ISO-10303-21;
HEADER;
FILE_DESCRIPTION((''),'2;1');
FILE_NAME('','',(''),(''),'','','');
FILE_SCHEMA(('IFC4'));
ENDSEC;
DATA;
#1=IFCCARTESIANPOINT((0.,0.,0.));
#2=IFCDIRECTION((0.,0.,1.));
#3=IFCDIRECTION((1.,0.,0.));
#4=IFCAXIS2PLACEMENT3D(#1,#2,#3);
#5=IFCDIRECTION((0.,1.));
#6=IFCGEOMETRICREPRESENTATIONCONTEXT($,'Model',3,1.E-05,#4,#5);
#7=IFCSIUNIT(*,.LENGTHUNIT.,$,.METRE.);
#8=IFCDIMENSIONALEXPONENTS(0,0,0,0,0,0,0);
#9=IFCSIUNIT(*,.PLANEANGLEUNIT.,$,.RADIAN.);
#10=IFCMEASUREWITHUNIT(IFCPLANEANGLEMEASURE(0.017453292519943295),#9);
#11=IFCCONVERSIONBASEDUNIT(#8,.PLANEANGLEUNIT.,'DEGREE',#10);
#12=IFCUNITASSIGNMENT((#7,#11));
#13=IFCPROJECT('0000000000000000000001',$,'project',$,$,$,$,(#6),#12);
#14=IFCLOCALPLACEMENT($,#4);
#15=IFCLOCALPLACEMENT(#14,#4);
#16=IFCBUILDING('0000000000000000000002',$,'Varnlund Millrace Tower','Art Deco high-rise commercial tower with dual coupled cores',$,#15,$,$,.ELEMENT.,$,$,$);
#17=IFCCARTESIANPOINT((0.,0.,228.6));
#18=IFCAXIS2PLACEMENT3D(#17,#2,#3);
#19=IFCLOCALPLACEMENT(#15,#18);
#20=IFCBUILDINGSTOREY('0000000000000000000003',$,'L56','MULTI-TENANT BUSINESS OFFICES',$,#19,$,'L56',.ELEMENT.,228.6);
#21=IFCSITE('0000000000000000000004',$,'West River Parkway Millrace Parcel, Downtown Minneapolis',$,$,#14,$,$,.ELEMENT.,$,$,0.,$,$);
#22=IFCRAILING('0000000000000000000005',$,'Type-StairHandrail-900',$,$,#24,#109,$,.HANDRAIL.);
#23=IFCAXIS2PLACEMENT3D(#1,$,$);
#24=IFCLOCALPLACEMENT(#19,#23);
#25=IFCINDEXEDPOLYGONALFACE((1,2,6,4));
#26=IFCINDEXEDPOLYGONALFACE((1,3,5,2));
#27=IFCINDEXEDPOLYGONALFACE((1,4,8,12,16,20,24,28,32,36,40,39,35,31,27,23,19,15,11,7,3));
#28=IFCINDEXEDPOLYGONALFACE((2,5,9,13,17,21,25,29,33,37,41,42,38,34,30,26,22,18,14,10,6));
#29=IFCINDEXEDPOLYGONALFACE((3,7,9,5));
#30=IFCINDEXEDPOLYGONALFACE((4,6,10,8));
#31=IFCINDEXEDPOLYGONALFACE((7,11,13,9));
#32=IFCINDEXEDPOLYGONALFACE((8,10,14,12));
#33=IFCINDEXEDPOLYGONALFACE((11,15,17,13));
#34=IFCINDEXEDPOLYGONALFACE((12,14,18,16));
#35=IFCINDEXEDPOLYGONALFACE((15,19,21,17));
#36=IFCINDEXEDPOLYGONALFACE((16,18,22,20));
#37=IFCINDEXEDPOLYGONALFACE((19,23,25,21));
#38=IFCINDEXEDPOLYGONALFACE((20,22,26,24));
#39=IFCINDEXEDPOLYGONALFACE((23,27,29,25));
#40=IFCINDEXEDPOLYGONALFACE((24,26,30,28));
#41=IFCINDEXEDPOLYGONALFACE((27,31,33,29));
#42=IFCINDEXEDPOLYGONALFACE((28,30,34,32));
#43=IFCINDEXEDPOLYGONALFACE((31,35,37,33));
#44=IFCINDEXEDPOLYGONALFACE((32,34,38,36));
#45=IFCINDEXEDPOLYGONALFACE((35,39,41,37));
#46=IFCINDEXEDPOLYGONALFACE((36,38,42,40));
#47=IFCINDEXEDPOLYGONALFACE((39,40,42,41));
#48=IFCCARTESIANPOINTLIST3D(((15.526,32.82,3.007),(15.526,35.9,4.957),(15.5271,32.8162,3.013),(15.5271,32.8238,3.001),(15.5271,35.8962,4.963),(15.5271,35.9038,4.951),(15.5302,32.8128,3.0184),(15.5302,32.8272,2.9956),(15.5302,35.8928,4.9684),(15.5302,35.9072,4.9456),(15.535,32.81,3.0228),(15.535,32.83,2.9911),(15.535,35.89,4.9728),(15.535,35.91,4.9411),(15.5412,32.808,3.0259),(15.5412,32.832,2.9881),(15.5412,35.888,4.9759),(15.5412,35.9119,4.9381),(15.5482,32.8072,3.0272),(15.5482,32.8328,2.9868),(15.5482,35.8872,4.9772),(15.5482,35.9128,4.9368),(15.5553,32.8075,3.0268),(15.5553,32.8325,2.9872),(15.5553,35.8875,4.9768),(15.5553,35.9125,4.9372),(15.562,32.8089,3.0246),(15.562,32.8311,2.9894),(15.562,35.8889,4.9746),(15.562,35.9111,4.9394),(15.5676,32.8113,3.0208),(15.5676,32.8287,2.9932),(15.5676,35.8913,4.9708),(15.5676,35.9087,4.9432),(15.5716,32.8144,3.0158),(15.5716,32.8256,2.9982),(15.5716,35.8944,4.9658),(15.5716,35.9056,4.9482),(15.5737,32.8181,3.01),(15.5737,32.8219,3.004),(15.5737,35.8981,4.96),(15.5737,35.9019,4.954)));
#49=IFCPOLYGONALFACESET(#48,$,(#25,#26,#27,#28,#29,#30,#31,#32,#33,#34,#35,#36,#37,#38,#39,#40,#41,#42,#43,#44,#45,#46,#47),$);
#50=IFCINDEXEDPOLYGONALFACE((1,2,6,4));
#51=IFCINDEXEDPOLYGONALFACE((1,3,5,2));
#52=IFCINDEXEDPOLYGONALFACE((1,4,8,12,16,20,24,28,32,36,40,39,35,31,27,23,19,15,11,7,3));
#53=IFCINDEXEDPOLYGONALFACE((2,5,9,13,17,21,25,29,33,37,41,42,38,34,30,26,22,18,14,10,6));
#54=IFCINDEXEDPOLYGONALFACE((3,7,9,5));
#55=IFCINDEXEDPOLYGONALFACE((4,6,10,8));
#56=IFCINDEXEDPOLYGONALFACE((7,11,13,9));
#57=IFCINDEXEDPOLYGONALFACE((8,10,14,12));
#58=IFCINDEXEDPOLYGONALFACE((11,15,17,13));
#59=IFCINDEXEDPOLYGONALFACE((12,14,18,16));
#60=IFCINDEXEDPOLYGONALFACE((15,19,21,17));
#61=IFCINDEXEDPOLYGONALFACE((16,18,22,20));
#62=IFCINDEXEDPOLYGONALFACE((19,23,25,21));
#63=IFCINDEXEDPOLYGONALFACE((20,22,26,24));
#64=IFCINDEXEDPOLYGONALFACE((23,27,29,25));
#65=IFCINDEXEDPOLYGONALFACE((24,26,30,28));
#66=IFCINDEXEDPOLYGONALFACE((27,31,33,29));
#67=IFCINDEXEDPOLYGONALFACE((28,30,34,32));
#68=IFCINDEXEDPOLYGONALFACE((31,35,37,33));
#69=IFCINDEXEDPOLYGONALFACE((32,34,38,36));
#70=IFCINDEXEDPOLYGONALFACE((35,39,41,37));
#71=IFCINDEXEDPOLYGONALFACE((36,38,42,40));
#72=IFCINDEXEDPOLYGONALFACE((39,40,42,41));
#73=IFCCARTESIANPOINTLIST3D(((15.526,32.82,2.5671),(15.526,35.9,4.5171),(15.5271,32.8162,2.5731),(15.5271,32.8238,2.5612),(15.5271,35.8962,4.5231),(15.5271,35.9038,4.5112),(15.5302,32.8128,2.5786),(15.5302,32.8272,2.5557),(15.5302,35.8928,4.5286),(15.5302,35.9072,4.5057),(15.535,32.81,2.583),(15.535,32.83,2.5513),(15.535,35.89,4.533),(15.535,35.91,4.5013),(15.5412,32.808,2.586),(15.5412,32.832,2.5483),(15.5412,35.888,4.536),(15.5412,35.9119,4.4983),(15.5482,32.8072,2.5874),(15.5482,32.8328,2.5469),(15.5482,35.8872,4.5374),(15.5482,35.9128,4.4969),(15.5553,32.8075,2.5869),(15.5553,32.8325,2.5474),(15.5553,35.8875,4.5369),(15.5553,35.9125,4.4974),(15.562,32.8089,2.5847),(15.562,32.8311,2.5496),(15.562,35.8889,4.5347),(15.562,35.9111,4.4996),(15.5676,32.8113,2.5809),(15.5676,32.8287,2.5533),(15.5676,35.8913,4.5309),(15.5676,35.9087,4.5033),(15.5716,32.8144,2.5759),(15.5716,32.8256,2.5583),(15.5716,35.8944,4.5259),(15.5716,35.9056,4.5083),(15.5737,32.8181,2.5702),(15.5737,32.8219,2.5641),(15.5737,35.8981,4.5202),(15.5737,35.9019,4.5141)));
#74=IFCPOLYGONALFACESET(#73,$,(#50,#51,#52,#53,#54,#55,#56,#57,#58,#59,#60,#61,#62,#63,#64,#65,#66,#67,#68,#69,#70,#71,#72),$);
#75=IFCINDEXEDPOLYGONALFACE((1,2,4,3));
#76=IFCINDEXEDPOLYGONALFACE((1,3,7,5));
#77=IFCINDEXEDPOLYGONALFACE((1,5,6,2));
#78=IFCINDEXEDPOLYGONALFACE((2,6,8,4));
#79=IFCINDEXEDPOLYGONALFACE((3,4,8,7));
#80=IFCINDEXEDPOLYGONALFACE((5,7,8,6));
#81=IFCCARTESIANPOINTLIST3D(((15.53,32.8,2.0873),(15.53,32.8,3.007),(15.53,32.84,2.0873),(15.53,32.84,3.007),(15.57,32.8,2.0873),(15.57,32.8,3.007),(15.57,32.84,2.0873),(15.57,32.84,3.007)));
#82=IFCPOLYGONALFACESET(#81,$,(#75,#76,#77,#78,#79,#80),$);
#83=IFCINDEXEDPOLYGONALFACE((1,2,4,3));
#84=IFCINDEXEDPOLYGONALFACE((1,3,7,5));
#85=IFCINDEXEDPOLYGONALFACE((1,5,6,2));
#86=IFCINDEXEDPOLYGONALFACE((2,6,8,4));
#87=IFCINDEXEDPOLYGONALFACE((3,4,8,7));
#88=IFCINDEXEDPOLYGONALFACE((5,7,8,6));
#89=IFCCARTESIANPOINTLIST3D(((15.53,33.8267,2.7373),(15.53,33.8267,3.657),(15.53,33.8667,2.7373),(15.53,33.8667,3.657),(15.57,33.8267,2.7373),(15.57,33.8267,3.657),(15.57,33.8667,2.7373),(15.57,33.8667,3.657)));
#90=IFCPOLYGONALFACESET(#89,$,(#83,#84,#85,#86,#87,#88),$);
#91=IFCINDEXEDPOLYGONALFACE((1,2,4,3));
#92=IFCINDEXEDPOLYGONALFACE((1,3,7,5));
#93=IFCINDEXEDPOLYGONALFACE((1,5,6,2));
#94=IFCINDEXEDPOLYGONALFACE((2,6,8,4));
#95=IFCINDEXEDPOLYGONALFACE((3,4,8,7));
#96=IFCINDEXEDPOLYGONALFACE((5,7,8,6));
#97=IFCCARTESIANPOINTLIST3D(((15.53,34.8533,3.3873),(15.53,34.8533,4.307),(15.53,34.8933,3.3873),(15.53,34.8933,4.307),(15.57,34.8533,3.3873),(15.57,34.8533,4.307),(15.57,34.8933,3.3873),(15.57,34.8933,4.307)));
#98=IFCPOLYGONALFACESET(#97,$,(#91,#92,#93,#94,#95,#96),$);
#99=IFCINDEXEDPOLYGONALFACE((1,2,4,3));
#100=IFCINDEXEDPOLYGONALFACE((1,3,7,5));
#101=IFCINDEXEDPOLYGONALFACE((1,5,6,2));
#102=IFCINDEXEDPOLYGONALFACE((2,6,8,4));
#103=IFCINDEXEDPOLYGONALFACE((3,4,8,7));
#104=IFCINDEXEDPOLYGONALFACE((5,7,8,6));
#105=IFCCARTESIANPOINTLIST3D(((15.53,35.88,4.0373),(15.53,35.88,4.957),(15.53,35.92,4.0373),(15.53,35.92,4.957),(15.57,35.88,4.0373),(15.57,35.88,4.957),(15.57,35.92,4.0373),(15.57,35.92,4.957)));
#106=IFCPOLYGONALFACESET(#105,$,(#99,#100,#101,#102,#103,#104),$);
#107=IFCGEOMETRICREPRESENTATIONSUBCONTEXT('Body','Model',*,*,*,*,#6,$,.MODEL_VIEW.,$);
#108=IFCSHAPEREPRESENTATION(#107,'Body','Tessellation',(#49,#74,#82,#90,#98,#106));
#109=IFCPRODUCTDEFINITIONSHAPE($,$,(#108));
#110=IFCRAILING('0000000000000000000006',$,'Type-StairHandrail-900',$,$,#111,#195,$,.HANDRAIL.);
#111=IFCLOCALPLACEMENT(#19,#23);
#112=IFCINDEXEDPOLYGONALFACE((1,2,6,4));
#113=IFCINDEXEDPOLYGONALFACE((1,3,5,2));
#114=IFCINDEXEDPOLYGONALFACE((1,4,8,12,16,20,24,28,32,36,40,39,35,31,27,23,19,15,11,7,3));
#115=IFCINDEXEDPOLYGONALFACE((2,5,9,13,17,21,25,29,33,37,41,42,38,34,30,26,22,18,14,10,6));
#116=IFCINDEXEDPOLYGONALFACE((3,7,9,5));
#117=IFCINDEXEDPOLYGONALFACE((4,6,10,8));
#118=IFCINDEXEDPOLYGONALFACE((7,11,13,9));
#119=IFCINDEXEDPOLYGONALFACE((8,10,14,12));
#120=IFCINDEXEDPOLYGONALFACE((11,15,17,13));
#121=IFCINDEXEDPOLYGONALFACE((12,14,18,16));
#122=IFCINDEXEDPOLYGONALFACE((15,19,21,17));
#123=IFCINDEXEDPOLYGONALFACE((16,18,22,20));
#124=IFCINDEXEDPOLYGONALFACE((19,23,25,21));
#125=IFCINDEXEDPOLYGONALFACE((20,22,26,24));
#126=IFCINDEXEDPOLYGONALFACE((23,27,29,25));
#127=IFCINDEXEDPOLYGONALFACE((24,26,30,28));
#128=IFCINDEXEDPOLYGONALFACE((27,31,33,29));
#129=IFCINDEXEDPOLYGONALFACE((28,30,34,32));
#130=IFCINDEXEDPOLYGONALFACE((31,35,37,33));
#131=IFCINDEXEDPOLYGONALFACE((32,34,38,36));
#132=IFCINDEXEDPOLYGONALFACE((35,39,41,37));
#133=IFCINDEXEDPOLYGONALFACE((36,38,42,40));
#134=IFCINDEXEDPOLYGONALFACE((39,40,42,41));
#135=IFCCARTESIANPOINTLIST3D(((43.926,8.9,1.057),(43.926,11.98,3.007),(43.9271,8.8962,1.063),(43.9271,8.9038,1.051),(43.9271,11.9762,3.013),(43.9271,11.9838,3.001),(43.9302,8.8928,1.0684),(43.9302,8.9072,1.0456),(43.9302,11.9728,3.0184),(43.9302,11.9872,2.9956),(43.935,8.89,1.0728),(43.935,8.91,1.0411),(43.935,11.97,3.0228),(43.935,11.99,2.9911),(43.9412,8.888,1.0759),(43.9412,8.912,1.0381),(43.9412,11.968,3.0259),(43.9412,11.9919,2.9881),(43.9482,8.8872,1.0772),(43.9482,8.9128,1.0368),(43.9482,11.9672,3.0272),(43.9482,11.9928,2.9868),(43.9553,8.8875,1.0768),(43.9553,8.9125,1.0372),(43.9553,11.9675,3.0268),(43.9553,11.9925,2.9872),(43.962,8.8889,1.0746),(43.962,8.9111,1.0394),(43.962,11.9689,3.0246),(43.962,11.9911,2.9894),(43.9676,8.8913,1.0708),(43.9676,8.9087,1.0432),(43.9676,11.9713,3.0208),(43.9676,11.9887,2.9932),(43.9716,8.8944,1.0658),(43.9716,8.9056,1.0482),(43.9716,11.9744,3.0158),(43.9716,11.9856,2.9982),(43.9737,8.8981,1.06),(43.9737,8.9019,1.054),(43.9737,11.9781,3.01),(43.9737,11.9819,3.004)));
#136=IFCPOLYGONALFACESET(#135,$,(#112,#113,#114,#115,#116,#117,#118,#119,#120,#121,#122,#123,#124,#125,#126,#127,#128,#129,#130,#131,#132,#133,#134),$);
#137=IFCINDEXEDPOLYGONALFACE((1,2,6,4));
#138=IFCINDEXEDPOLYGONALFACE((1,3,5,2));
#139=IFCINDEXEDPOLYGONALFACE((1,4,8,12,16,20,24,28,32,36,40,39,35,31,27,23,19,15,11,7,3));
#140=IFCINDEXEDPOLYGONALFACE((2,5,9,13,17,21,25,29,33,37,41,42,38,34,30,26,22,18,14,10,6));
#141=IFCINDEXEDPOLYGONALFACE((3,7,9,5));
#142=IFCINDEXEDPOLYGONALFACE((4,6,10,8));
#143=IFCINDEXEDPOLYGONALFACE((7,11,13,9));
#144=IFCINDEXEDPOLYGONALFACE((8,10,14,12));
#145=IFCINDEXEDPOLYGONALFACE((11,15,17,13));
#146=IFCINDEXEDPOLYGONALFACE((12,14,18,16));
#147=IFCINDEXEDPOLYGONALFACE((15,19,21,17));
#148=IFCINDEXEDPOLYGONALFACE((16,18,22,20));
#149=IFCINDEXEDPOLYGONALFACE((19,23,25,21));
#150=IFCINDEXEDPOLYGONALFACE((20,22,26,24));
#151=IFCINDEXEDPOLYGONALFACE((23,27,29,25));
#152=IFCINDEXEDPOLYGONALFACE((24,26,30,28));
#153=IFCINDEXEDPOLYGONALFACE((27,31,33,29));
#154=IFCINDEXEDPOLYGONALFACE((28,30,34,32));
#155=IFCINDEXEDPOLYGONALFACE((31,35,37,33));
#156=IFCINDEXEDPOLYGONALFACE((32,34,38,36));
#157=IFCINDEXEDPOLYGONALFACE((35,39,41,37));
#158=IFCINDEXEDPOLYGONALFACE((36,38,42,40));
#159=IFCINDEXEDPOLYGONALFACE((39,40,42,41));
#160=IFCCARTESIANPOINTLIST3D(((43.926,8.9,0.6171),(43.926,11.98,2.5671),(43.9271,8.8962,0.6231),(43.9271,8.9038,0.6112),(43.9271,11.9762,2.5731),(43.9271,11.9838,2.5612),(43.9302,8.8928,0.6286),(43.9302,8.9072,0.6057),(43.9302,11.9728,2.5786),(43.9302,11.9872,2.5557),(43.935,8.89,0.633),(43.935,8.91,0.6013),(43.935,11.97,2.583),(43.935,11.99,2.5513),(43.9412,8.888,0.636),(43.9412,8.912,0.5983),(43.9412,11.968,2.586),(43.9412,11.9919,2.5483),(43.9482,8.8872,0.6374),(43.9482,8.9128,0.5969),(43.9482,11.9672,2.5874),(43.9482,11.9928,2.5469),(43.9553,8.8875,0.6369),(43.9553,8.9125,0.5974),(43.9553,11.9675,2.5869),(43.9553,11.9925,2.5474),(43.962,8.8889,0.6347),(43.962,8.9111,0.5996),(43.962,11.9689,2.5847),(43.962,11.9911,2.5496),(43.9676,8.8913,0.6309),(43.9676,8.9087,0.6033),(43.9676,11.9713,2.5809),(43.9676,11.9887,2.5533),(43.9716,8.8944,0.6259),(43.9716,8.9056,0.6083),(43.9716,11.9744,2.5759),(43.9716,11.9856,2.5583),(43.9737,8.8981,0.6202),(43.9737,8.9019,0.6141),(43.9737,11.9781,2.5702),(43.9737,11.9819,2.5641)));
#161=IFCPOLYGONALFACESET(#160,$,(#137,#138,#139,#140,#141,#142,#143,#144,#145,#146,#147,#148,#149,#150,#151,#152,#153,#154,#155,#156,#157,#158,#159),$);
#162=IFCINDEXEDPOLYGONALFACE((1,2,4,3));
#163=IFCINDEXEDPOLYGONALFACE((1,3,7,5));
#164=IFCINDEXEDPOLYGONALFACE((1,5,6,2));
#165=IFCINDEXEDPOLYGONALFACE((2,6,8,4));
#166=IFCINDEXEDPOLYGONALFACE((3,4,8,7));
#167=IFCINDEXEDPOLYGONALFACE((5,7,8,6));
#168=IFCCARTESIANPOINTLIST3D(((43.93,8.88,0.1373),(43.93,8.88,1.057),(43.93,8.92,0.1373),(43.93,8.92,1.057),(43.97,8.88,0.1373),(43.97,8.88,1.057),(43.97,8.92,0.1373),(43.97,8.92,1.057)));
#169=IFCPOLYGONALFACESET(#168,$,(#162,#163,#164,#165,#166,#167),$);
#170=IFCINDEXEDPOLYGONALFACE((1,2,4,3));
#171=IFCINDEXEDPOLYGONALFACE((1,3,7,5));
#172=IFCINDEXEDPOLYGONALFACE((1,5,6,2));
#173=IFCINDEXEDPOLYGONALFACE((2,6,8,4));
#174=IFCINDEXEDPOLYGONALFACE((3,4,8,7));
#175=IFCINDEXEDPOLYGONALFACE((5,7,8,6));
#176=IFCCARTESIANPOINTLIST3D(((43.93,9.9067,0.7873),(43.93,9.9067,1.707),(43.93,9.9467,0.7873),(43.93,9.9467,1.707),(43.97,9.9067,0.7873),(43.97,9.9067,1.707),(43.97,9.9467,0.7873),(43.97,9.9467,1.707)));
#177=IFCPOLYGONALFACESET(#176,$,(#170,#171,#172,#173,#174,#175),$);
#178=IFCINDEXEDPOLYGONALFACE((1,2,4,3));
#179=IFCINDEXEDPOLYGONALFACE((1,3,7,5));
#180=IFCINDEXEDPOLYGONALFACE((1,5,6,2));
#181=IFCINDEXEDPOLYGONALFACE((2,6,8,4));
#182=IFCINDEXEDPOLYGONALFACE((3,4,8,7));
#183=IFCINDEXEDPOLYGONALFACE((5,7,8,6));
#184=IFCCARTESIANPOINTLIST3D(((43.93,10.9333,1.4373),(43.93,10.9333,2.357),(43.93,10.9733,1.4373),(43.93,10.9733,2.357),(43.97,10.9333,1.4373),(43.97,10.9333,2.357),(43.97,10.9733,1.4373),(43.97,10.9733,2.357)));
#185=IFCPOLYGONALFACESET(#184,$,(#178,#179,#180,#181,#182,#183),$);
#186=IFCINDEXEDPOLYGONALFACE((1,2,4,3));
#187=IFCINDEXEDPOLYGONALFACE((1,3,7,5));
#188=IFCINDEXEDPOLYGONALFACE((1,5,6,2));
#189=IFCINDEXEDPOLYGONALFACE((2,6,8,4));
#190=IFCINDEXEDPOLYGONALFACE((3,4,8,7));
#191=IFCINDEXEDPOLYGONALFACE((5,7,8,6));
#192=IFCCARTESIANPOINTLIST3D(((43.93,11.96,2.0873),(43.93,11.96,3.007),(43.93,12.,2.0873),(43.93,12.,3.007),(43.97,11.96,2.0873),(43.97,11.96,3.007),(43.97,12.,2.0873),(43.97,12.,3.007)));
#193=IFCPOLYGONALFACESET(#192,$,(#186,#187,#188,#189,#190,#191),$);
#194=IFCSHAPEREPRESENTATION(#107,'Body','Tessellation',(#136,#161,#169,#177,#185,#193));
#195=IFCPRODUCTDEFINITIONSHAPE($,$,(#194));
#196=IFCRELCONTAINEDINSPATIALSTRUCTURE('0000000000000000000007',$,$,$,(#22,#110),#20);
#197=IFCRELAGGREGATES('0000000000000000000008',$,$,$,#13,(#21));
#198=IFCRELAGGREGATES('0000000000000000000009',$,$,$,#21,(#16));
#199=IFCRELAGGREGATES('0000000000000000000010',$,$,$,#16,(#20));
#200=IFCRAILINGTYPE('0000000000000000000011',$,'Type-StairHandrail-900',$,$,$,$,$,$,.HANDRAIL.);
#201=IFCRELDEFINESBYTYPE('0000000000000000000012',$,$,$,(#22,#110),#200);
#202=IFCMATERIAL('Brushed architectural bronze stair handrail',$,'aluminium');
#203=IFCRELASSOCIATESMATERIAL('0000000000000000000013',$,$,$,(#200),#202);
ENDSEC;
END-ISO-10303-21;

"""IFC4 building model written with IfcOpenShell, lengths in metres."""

from ifc_helpers import new_model, entity, si_unit, converted_unit, direction, frame, origin_with_axes, origin_2d_with_axis, place, context, subcontext, project, spatial, rectangle, circle, extrude, material, type_object, element, save


model = new_model("IFC4")

# Units and contexts
model_context = context("Model", 3, precision=1e-05, world=origin_with_axes(), true_north=direction((0.0, 1.0)))
body_context = subcontext(model_context, "Body", "Model", "MODEL_VIEW")
ifc_project = project(units=[si_unit("LENGTHUNIT", "METRE"), converted_unit("PLANEANGLEUNIT", "DEGREE", entity("IfcPlaneAngleMeasure", 0.017453292519943295), si_unit("PLANEANGLEUNIT", "RADIAN"), dimensions=[0, 0, 0, 0, 0, 0, 0])], contexts=[model_context])

# Site, building, storey
site_placement = place(None, origin_with_axes())
site = spatial("IfcSite", under=ifc_project, at=site_placement, Name="West River Parkway Millrace Parcel, Downtown Minneapolis", CompositionType="ELEMENT", RefElevation=0.0)
building_placement = place(site_placement, origin_with_axes())
building = spatial("IfcBuilding", under=site, at=building_placement, Name="Varnlund Millrace Tower", Description="Art Deco high-rise commercial tower with dual coupled cores", CompositionType="ELEMENT")
storey_placement = place(building_placement, frame((0.0, 0.0, 228.6), z_axis=(0.0, 0.0, 1.0), x_axis=(1.0, 0.0, 0.0)))
storey = spatial("IfcBuildingStorey", under=building, at=storey_placement, Name="L56", Description="MULTI-TENANT BUSINESS OFFICES", LongName="L56", CompositionType="ELEMENT", Elevation=228.6)

# Railings
ifc_material_1 = material(Name="Brushed architectural bronze stair handrail", Category="aluminium")
railing_type_1 = type_object("IfcRailingType", Name="Type-StairHandrail-900", PredefinedType="HANDRAIL", material=ifc_material_1)
railing_1_placement = place(storey_placement, frame((0.0, 0.0, -228.6), z_axis=(0.0, 0.0, 1.0), x_axis=(1.0, 0.0, 0.0)))
element("IfcRailing", 1, at=railing_1_placement, inside=storey, type_object=railing_type_1, Name="Type-StairHandrail-900", PredefinedType="HANDRAIL", context=body_context, shape_type="SweptSolid", body=[
    extrude(circle(Radius=0.024, at=origin_2d_with_axis()), frame((15.55, 32.82, 231.607), z_axis=(0.0, 0.844902, 0.534922), x_axis=(-1.0, 0.0, 0.0)), (0.0, 0.0, 1.0), 3.6454),
    extrude(circle(Radius=0.024, at=origin_2d_with_axis()), frame((15.55, 32.82, 231.1671), z_axis=(0.0, 0.844902, 0.534922), x_axis=(-1.0, 0.0, 0.0)), (0.0, 0.0, 1.0), 3.6454),
    extrude(rectangle(XDim=0.04, YDim=0.04, at=origin_2d_with_axis()), frame((15.55, 32.82, 230.6873), z_axis=(0.0, 0.0, 1.0), x_axis=(1.0, 0.0, 0.0)), (0.0, 0.0, 1.0), 0.9197),
    extrude(rectangle(XDim=0.04, YDim=0.04, at=origin_2d_with_axis()), frame((15.55, 33.8467, 231.3373), z_axis=(0.0, 0.0, 1.0), x_axis=(1.0, 0.0, 0.0)), (0.0, 0.0, 1.0), 0.9197),
    extrude(rectangle(XDim=0.04, YDim=0.04, at=origin_2d_with_axis()), frame((15.55, 34.8733, 231.9873), z_axis=(0.0, 0.0, 1.0), x_axis=(1.0, 0.0, 0.0)), (0.0, 0.0, 1.0), 0.9197),
    extrude(rectangle(XDim=0.04, YDim=0.04, at=origin_2d_with_axis()), frame((15.55, 35.9, 232.6373), z_axis=(0.0, 0.0, 1.0), x_axis=(1.0, 0.0, 0.0)), (0.0, 0.0, 1.0), 0.9197),
])
railing_2_placement = place(storey_placement, frame((0.0, 0.0, -228.6), z_axis=(0.0, 0.0, 1.0), x_axis=(1.0, 0.0, 0.0)))
element("IfcRailing", 2, at=railing_2_placement, inside=storey, type_object=railing_type_1, Name="Type-StairHandrail-900", PredefinedType="HANDRAIL", context=body_context, shape_type="SweptSolid", body=[
    extrude(circle(Radius=0.024, at=origin_2d_with_axis()), frame((43.95, 8.9, 229.657), z_axis=(0.0, 0.844902, 0.534922), x_axis=(-1.0, 0.0, 0.0)), (0.0, 0.0, 1.0), 3.6454),
    extrude(circle(Radius=0.024, at=origin_2d_with_axis()), frame((43.95, 8.9, 229.2171), z_axis=(0.0, 0.844902, 0.534922), x_axis=(-1.0, 0.0, 0.0)), (0.0, 0.0, 1.0), 3.6454),
    extrude(rectangle(XDim=0.04, YDim=0.04, at=origin_2d_with_axis()), frame((43.95, 8.9, 228.7373), z_axis=(0.0, 0.0, 1.0), x_axis=(1.0, 0.0, 0.0)), (0.0, 0.0, 1.0), 0.9197),
    extrude(rectangle(XDim=0.04, YDim=0.04, at=origin_2d_with_axis()), frame((43.95, 9.9267, 229.3873), z_axis=(0.0, 0.0, 1.0), x_axis=(1.0, 0.0, 0.0)), (0.0, 0.0, 1.0), 0.9197),
    extrude(rectangle(XDim=0.04, YDim=0.04, at=origin_2d_with_axis()), frame((43.95, 10.9533, 230.0373), z_axis=(0.0, 0.0, 1.0), x_axis=(1.0, 0.0, 0.0)), (0.0, 0.0, 1.0), 0.9197),
    extrude(rectangle(XDim=0.04, YDim=0.04, at=origin_2d_with_axis()), frame((43.95, 11.98, 230.6873), z_axis=(0.0, 0.0, 1.0), x_axis=(1.0, 0.0, 0.0)), (0.0, 0.0, 1.0), 0.9197),
])

save(model, "model.ifc")
